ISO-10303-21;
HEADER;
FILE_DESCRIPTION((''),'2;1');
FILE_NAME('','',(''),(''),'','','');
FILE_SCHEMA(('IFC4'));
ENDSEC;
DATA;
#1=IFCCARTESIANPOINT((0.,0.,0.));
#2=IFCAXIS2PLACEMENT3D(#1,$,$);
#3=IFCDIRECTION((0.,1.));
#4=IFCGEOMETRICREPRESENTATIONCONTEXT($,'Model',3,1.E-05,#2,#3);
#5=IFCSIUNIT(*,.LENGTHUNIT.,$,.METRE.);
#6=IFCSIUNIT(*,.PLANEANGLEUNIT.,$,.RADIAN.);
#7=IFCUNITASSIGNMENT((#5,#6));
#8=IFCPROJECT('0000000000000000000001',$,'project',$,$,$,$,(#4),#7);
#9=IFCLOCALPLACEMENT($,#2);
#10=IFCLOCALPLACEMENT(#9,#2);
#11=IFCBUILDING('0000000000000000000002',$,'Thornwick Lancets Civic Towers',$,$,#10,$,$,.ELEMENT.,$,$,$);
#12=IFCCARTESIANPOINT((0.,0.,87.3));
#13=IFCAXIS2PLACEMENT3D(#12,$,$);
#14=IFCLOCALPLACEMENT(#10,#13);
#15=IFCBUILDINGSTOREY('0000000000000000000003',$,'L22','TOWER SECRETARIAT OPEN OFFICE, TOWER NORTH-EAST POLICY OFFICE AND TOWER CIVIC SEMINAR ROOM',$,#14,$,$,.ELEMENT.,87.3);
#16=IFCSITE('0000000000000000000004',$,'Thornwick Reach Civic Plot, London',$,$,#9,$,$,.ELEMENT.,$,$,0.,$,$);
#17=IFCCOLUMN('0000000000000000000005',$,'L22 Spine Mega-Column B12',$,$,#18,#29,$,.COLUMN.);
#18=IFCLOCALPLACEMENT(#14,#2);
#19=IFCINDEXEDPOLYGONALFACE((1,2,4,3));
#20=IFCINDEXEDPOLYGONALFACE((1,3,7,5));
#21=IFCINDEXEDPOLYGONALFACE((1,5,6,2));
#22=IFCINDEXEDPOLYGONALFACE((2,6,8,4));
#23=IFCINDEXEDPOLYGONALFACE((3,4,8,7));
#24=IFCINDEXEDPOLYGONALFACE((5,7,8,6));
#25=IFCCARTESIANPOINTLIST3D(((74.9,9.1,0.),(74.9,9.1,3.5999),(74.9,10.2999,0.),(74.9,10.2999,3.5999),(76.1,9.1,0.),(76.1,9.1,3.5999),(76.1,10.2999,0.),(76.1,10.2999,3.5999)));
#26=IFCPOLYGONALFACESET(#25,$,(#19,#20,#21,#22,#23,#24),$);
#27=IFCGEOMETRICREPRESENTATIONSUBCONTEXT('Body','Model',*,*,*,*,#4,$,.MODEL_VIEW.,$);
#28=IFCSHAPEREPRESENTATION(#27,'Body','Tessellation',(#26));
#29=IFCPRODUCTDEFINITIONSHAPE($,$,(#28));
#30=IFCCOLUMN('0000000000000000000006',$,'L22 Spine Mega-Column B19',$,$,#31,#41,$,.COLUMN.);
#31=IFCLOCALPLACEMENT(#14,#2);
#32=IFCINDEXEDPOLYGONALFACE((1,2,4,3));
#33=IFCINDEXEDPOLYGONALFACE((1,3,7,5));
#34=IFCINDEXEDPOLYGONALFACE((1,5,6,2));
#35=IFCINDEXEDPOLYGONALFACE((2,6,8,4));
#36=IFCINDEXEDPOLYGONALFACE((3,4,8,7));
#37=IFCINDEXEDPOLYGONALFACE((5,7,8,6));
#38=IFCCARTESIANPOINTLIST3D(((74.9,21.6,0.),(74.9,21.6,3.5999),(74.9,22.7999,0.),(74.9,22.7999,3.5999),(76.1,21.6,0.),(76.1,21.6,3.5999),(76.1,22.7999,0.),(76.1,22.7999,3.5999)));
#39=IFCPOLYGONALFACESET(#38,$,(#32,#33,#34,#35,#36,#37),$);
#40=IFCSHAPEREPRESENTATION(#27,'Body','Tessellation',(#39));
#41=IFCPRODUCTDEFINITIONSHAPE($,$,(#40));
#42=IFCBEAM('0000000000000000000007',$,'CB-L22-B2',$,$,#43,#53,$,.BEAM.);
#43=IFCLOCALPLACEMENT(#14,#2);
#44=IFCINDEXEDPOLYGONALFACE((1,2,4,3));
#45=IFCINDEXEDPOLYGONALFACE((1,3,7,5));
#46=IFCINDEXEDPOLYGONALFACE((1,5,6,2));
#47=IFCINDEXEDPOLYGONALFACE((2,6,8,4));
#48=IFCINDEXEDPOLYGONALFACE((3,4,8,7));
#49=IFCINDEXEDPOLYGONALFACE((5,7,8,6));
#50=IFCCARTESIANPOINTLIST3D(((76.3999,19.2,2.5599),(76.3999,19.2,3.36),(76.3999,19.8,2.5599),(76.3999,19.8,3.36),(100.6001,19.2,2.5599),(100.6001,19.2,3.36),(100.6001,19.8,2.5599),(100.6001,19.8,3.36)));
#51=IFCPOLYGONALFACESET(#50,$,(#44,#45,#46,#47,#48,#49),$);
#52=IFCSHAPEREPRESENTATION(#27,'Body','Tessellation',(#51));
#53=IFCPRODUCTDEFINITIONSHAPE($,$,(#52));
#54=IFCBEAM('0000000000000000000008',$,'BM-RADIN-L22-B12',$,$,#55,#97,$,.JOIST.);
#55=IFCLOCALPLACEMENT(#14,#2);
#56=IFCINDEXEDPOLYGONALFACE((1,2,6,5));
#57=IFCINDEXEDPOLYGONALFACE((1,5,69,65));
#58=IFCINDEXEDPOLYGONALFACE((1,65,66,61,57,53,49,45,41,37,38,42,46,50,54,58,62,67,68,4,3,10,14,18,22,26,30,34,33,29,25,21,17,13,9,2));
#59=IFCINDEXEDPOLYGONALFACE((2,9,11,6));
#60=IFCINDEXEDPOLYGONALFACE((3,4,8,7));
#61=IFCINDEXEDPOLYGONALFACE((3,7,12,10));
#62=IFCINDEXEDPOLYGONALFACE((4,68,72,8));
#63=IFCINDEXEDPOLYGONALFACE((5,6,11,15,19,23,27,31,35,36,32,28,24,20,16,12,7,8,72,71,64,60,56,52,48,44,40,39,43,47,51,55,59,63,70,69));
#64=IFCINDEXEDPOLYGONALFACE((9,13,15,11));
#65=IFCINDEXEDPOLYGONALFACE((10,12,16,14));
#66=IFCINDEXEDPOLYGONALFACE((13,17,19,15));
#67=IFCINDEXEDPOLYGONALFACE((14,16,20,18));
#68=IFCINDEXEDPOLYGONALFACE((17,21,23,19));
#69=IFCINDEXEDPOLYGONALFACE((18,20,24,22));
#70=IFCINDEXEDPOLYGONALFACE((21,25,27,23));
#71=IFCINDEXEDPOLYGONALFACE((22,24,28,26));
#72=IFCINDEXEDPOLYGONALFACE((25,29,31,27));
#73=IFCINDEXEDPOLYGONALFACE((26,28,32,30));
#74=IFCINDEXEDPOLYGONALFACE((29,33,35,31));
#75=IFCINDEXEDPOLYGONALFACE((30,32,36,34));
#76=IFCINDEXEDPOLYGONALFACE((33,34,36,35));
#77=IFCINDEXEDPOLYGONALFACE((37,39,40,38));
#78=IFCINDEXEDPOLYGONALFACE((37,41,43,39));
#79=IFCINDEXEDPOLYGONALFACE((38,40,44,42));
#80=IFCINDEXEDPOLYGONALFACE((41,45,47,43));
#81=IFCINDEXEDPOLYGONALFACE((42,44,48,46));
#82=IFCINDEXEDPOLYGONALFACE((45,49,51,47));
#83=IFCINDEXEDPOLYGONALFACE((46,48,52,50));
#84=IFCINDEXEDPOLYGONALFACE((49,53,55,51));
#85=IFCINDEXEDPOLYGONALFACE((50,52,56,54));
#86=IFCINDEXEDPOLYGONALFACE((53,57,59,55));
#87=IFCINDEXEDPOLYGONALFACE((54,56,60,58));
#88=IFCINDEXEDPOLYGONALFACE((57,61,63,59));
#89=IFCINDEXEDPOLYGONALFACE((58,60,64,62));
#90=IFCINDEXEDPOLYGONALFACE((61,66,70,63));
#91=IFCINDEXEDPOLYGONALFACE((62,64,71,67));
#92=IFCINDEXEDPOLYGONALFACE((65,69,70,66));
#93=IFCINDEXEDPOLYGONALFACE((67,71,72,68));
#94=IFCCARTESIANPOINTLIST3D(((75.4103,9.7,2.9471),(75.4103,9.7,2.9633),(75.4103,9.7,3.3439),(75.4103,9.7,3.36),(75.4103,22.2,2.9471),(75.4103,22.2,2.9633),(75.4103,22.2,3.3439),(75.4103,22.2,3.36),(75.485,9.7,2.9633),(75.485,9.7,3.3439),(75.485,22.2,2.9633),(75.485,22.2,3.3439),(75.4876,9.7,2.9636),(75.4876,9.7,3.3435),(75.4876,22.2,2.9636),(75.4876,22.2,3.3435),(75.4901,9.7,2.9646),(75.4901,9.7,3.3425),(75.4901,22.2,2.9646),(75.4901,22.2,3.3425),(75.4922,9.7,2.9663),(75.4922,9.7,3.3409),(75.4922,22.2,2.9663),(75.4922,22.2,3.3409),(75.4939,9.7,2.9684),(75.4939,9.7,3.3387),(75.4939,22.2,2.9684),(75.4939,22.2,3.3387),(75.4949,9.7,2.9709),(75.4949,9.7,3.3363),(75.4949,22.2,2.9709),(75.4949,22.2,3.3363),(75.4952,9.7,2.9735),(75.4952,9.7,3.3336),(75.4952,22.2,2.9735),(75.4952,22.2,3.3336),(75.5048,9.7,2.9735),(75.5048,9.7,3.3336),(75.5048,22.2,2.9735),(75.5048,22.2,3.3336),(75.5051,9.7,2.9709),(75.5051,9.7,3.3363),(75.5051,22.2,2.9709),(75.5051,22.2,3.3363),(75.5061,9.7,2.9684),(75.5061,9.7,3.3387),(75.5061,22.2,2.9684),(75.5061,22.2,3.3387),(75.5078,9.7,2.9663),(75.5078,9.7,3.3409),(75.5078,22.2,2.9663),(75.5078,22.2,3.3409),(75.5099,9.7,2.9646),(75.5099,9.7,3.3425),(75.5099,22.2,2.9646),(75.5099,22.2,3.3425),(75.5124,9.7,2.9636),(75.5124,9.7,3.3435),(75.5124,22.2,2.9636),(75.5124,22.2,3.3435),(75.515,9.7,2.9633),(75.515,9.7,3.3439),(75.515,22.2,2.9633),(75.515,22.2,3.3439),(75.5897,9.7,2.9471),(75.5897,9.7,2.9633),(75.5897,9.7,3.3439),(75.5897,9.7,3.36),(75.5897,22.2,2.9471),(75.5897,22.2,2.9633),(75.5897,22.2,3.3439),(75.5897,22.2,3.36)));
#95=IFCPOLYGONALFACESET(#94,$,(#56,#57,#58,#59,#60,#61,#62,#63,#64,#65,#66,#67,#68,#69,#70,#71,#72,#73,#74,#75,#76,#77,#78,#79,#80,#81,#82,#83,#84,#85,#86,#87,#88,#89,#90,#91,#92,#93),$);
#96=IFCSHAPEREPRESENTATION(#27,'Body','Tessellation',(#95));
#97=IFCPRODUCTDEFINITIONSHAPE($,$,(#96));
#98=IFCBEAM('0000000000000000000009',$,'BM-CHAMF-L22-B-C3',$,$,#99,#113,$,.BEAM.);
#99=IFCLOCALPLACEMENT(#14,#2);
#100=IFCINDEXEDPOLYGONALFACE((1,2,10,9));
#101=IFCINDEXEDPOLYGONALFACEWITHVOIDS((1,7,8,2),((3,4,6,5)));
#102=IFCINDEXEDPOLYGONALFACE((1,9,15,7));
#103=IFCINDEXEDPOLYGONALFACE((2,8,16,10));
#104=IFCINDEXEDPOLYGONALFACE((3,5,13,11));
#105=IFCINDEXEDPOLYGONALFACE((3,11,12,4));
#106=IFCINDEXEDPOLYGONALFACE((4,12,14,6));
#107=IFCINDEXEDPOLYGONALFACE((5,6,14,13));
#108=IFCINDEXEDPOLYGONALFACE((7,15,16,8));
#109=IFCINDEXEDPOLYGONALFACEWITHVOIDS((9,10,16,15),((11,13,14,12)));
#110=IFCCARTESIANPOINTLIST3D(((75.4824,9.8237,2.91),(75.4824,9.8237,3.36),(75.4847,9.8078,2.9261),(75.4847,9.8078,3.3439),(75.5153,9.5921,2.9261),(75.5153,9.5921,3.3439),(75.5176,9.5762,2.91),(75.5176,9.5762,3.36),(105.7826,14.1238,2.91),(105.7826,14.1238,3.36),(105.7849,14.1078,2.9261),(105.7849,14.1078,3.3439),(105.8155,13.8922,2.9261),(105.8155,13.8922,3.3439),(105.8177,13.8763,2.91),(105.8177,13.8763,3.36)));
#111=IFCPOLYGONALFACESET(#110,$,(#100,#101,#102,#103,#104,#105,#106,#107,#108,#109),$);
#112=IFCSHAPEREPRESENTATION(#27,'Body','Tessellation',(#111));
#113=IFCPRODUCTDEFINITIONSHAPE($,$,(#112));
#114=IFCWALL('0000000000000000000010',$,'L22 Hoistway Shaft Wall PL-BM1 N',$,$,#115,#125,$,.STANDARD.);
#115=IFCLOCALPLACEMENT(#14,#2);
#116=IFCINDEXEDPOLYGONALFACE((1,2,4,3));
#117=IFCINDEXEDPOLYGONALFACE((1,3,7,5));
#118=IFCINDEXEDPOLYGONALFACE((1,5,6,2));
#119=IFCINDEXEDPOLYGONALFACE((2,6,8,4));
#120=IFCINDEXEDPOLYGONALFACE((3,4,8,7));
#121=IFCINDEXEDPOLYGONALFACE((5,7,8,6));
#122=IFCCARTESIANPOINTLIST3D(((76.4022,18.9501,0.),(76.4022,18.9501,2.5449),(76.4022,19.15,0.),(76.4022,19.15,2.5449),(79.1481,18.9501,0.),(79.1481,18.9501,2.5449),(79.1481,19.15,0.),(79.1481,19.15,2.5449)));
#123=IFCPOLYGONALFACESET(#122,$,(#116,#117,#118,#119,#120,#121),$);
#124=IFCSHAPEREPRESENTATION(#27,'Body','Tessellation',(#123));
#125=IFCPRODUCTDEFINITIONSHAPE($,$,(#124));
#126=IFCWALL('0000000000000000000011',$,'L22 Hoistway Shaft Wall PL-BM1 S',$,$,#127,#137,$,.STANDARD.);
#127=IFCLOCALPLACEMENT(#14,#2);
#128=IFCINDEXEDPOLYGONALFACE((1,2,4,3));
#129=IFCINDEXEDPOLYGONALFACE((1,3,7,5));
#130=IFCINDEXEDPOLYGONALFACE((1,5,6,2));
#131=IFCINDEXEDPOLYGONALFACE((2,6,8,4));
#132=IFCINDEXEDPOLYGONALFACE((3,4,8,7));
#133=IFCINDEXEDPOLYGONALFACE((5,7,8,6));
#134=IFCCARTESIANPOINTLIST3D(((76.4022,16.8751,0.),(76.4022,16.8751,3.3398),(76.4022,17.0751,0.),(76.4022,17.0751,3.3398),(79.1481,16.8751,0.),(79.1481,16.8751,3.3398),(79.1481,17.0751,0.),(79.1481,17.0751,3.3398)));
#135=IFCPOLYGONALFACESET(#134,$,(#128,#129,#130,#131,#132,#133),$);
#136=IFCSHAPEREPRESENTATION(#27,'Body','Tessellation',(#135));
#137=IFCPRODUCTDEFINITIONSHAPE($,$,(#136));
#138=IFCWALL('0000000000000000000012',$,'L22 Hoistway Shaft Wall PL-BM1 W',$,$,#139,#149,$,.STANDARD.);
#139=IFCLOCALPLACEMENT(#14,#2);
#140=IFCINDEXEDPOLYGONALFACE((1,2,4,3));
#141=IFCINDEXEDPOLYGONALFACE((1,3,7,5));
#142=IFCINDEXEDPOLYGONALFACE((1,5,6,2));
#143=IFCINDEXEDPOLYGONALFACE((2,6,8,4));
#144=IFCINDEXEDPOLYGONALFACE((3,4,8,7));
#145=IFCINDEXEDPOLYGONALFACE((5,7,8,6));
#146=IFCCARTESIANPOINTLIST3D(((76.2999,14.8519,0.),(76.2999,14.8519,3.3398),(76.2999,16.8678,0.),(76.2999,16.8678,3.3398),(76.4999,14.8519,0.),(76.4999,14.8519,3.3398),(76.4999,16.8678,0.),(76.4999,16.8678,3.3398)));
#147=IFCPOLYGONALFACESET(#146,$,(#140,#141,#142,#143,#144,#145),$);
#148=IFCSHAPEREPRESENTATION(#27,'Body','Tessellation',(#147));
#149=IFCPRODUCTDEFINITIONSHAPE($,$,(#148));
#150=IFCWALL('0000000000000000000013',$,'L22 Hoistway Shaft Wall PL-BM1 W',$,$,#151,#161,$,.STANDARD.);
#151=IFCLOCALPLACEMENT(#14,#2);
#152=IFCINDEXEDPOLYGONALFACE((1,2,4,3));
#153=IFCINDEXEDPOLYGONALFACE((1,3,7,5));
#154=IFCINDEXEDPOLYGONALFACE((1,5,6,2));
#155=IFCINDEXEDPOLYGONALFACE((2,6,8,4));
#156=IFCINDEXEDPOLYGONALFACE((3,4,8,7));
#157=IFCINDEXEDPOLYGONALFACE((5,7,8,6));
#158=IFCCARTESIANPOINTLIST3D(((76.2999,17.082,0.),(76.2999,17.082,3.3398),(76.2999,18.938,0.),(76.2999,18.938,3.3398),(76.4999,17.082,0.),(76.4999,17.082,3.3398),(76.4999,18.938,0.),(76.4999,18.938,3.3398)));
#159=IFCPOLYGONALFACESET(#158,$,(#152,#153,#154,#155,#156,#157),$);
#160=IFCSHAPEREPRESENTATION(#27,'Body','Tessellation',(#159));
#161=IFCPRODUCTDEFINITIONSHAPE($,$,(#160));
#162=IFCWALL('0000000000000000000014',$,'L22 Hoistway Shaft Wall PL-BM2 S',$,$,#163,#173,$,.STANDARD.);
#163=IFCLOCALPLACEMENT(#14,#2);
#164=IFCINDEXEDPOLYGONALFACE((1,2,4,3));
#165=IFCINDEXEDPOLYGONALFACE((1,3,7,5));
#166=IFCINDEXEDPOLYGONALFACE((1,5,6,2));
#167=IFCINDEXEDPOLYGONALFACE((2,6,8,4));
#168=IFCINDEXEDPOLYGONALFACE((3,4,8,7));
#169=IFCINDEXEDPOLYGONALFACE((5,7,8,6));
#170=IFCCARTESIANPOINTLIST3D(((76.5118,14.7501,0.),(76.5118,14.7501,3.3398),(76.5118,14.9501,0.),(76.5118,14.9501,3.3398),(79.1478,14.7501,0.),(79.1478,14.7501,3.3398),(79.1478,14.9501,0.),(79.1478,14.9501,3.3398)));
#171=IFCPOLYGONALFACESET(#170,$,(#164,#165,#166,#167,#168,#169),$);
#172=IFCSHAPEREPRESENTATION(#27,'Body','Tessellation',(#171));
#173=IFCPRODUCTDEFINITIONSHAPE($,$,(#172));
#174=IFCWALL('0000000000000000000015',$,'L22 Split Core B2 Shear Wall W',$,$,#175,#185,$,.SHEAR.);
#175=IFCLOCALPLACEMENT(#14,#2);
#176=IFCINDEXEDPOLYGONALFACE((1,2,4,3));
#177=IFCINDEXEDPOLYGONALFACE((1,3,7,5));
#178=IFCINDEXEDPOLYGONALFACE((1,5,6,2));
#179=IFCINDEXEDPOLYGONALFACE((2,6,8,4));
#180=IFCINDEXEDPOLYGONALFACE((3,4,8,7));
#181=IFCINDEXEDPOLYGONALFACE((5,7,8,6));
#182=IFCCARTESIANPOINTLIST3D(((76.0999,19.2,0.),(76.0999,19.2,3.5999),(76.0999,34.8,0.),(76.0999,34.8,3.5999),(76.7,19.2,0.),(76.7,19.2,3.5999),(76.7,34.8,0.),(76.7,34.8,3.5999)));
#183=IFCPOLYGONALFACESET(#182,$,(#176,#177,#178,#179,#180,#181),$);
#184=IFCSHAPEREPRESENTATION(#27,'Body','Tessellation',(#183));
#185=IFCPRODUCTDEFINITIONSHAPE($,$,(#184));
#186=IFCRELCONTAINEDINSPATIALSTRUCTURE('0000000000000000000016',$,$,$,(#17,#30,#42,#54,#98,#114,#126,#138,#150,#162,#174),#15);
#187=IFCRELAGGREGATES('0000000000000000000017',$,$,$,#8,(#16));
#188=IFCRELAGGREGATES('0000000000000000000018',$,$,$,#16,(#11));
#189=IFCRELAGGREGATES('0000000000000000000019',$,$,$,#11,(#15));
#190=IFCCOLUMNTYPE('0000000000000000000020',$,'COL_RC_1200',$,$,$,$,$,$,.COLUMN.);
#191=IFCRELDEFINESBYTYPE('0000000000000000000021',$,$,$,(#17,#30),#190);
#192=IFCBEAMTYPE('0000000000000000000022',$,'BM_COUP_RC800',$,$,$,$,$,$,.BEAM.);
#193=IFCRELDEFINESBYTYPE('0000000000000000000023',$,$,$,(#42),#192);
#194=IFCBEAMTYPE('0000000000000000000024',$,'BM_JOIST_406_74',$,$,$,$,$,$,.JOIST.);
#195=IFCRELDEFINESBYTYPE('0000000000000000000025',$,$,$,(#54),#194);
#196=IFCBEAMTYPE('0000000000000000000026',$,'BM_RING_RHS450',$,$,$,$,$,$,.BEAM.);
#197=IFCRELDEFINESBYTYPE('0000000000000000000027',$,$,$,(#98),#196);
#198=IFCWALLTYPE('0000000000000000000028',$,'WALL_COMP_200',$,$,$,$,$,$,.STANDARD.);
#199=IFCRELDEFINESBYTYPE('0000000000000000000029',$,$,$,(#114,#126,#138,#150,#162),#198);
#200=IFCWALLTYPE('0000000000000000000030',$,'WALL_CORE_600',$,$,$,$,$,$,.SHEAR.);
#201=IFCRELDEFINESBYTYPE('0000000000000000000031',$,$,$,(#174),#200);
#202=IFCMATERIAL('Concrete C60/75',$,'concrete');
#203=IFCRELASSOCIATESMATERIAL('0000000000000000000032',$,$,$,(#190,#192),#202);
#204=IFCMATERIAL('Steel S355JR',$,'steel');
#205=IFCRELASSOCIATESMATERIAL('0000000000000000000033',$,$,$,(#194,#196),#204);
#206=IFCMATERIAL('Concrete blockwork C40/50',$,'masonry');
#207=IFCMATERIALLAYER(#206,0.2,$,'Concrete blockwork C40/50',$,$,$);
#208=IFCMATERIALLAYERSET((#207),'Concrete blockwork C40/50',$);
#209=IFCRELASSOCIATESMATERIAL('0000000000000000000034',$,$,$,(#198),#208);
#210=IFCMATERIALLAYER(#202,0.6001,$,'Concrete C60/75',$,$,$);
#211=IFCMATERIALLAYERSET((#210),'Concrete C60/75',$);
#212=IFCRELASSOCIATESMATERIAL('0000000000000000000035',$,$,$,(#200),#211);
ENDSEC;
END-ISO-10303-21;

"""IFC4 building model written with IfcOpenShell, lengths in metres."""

from ifc_helpers import new_model, si_unit, direction, frame, frame_2d, origin, origin_2d, place, context, subcontext, project, spatial, rectangle, hollow_rectangle, i_section, extrude, material, layer, layer_set, material_profile, profile_set, type_object, element, save


model = new_model("IFC4")

# Units and contexts
model_context = context("Model", 3, precision=1e-05, world=origin(), true_north=direction((0.0, 1.0)))
body_context = subcontext(model_context, "Body", "Model", "MODEL_VIEW")
ifc_project = project(units=[si_unit("LENGTHUNIT", "METRE"), si_unit("PLANEANGLEUNIT", "RADIAN")], contexts=[model_context])

# Site, building, storey
site_placement = place(None, origin())
site = spatial("IfcSite", under=ifc_project, at=site_placement, Name="Thornwick Reach Civic Plot, London", CompositionType="ELEMENT", RefElevation=0.0)
building_placement = place(site_placement, origin())
building = spatial("IfcBuilding", under=site, at=building_placement, Name="Thornwick Lancets Civic Towers", CompositionType="ELEMENT")
storey_placement = place(building_placement, frame((0.0, 0.0, 87.3)))
storey = spatial("IfcBuildingStorey", under=building, at=storey_placement, Name="L22", Description="TOWER SECRETARIAT OPEN OFFICE, TOWER NORTH-EAST POLICY OFFICE AND TOWER CIVIC SEMINAR ROOM", CompositionType="ELEMENT", Elevation=87.3)

# Columns
ifc_material_1 = material(Name="Concrete C60/75", Category="concrete")
ifc_material_profile_1 = material_profile(ifc_material_1, rectangle(XDim=1.2, YDim=1.2, at=origin_2d()), Name="RC 1200x1200")
ifc_profile_set_1 = profile_set([ifc_material_profile_1], Name="Concrete C60/75")
column_type = type_object("IfcColumnType", Name="COL_RC_1200", PredefinedType="COLUMN", material=ifc_profile_set_1)
for number, where, z_axis, x_axis, name in (
    (1, (75.5, 9.7, 0.0), (0.0, 0.0, 1.0), (1.0, 0.0, 0.0), "L22 Spine Mega-Column B12"),
    (2, (75.5, 22.2, 0.0), (0.0, 0.0, 1.0), (1.0, 0.0, 0.0), "L22 Spine Mega-Column B19"),
):
    element("IfcColumn", number, at=place(storey_placement, frame(where, z_axis=z_axis, x_axis=x_axis)), inside=storey, type_object=column_type, Name=name, PredefinedType="COLUMN", context=body_context, shape_type="SweptSolid", body=[
        extrude(rectangle(XDim=1.2, YDim=1.2, at=origin_2d()), origin(), (0.0, 0.0, 1.0), 3.5999),
    ])

# Beams
ifc_material_profile_2 = material_profile(ifc_material_1, rectangle(XDim=0.6001, YDim=0.8, at=origin_2d()), Name="RC 600x800")
ifc_profile_set_2 = profile_set([ifc_material_profile_2], Name="Concrete C60/75")
beam_type_1 = type_object("IfcBeamType", Name="BM_COUP_RC800", PredefinedType="BEAM", material=ifc_profile_set_2)
beam_1_placement = place(storey_placement, frame((76.3999, 19.5, 2.96), z_axis=(1.0, 0.0, 0.0), x_axis=(0.0, 1.0, 0.0)))
element("IfcBeam", 3, at=beam_1_placement, inside=storey, type_object=beam_type_1, Name="CB-L22-B2", PredefinedType="BEAM", context=body_context, shape_type="SweptSolid", body=[
    extrude(rectangle(XDim=0.6001, YDim=0.8, at=origin_2d()), origin(), (0.0, 0.0, 1.0), 24.2002),
])
ifc_material_2 = material(Name="Steel S355JR", Category="steel")
ifc_material_profile_3 = material_profile(ifc_material_2, i_section(OverallWidth=0.1794, OverallDepth=0.4128, WebThickness=0.0095, FlangeThickness=0.0161, FilletRadius=0.0103, at=origin_2d()), Name="UKB 406x178x74")
ifc_profile_set_3 = profile_set([ifc_material_profile_3], Name="Steel S355JR")
beam_type_2 = type_object("IfcBeamType", Name="BM_JOIST_406_74", PredefinedType="JOIST", material=ifc_profile_set_3)
beam_2_placement = place(storey_placement, frame((75.5, 22.2, 3.1536), z_axis=(0.0, -1.0, 0.0), x_axis=(1.0, 0.0, 0.0)))
element("IfcBeam", 4, at=beam_2_placement, inside=storey, type_object=beam_type_2, Name="BM-RADIN-L22-B12", PredefinedType="JOIST", context=body_context, shape_type="SweptSolid", body=[
    extrude(i_section(OverallWidth=0.1794, OverallDepth=0.4128, WebThickness=0.0095, FlangeThickness=0.0161, FilletRadius=0.0103, at=origin_2d()), origin(), (0.0, 0.0, 1.0), 12.5),
])
ifc_material_profile_4 = material_profile(ifc_material_2, hollow_rectangle(XDim=0.25, YDim=0.45, WallThickness=0.0161, at=origin_2d()), Name="RHS 450x250x16")
ifc_profile_set_4 = profile_set([ifc_material_profile_4], Name="Steel S355JR")
beam_type_3 = type_object("IfcBeamType", Name="BM_RING_RHS450", PredefinedType="BEAM", material=ifc_profile_set_4)
beam_3_placement = place(storey_placement, frame((75.5, 9.7, 3.135), z_axis=(0.99008, 0.140508, 0.0), x_axis=(-0.140508, 0.99008, 0.0)))
element("IfcBeam", 5, at=beam_3_placement, inside=storey, type_object=beam_type_3, Name="BM-CHAMF-L22-B-C3", PredefinedType="BEAM", context=body_context, shape_type="SweptSolid", body=[
    extrude(hollow_rectangle(XDim=0.25, YDim=0.45, WallThickness=0.0161, at=origin_2d()), origin(), (0.0, 0.0, 1.0), 30.6038),
])

# Walls
ifc_material_3 = material(Name="Concrete blockwork C40/50", Category="masonry")
ifc_layer_1 = layer(ifc_material_3, 0.2, Name="Concrete blockwork C40/50")
ifc_layer_set_1 = layer_set([ifc_layer_1], Name="Concrete blockwork C40/50")
wall_type_1 = type_object("IfcWallType", Name="WALL_COMP_200", PredefinedType="STANDARD", material=ifc_layer_set_1)
wall_1_placement = place(storey_placement, frame((76.4021, 19.05, 0.0), z_axis=(0.0, 0.0, 1.0), x_axis=(1.0, 0.0, 0.0)))
element("IfcWall", 6, at=wall_1_placement, inside=storey, type_object=wall_type_1, Name="L22 Hoistway Shaft Wall PL-BM1 N", PredefinedType="STANDARD", context=body_context, shape_type="SweptSolid", body=[
    extrude(rectangle(XDim=2.7458, YDim=0.2, at=frame_2d((1.373, 0.0))), origin(), (0.0, 0.0, 1.0), 2.5449),
])
wall_2_placement = place(storey_placement, frame((76.4021, 16.9751, 0.0), z_axis=(0.0, 0.0, 1.0), x_axis=(1.0, 0.0, 0.0)))
element("IfcWall", 7, at=wall_2_placement, inside=storey, type_object=wall_type_1, Name="L22 Hoistway Shaft Wall PL-BM1 S", PredefinedType="STANDARD", context=body_context, shape_type="SweptSolid", body=[
    extrude(rectangle(XDim=2.7458, YDim=0.2, at=frame_2d((1.373, 0.0))), origin(), (0.0, 0.0, 1.0), 3.3398),
])
wall_3_placement = place(storey_placement, frame((76.3999, 14.8521, 0.0), z_axis=(0.0, 0.0, 1.0), x_axis=(0.0, 1.0, 0.0)))
element("IfcWall", 8, at=wall_3_placement, inside=storey, type_object=wall_type_1, Name="L22 Hoistway Shaft Wall PL-BM1 W", PredefinedType="STANDARD", context=body_context, shape_type="SweptSolid", body=[
    extrude(rectangle(XDim=2.0159, YDim=0.2, at=frame_2d((1.0078, 0.0))), origin(), (0.0, 0.0, 1.0), 3.3398),
])
wall_4_placement = place(storey_placement, frame((76.3999, 17.082, 0.0), z_axis=(0.0, 0.0, 1.0), x_axis=(0.0, 1.0, 0.0)))
element("IfcWall", 9, at=wall_4_placement, inside=storey, type_object=wall_type_1, Name="L22 Hoistway Shaft Wall PL-BM1 W", PredefinedType="STANDARD", context=body_context, shape_type="SweptSolid", body=[
    extrude(rectangle(XDim=1.856, YDim=0.2, at=frame_2d((0.928, 0.0))), origin(), (0.0, 0.0, 1.0), 3.3398),
])
wall_5_placement = place(storey_placement, frame((76.512, 14.8501, 0.0), z_axis=(0.0, 0.0, 1.0), x_axis=(1.0, 0.0, 0.0)))
element("IfcWall", 10, at=wall_5_placement, inside=storey, type_object=wall_type_1, Name="L22 Hoistway Shaft Wall PL-BM2 S", PredefinedType="STANDARD", context=body_context, shape_type="SweptSolid", body=[
    extrude(rectangle(XDim=2.636, YDim=0.2, at=frame_2d((1.3179, 0.0))), origin(), (0.0, 0.0, 1.0), 3.3398),
])
ifc_layer_2 = layer(ifc_material_1, 0.6001, Name="Concrete C60/75")
ifc_layer_set_2 = layer_set([ifc_layer_2], Name="Concrete C60/75")
wall_type_2 = type_object("IfcWallType", Name="WALL_CORE_600", PredefinedType="SHEAR", material=ifc_layer_set_2)
wall_6_placement = place(storey_placement, frame((76.3999, 19.2, 0.0), z_axis=(0.0, 0.0, 1.0), x_axis=(0.0, 1.0, 0.0)))
element("IfcWall", 11, at=wall_6_placement, inside=storey, type_object=wall_type_2, Name="L22 Split Core B2 Shear Wall W", PredefinedType="SHEAR", context=body_context, shape_type="SweptSolid", body=[
    extrude(rectangle(XDim=15.6001, YDim=0.6001, at=frame_2d((7.8, 0.0))), origin(), (0.0, 0.0, 1.0), 3.5999),
])

save(model, "model.ifc")
